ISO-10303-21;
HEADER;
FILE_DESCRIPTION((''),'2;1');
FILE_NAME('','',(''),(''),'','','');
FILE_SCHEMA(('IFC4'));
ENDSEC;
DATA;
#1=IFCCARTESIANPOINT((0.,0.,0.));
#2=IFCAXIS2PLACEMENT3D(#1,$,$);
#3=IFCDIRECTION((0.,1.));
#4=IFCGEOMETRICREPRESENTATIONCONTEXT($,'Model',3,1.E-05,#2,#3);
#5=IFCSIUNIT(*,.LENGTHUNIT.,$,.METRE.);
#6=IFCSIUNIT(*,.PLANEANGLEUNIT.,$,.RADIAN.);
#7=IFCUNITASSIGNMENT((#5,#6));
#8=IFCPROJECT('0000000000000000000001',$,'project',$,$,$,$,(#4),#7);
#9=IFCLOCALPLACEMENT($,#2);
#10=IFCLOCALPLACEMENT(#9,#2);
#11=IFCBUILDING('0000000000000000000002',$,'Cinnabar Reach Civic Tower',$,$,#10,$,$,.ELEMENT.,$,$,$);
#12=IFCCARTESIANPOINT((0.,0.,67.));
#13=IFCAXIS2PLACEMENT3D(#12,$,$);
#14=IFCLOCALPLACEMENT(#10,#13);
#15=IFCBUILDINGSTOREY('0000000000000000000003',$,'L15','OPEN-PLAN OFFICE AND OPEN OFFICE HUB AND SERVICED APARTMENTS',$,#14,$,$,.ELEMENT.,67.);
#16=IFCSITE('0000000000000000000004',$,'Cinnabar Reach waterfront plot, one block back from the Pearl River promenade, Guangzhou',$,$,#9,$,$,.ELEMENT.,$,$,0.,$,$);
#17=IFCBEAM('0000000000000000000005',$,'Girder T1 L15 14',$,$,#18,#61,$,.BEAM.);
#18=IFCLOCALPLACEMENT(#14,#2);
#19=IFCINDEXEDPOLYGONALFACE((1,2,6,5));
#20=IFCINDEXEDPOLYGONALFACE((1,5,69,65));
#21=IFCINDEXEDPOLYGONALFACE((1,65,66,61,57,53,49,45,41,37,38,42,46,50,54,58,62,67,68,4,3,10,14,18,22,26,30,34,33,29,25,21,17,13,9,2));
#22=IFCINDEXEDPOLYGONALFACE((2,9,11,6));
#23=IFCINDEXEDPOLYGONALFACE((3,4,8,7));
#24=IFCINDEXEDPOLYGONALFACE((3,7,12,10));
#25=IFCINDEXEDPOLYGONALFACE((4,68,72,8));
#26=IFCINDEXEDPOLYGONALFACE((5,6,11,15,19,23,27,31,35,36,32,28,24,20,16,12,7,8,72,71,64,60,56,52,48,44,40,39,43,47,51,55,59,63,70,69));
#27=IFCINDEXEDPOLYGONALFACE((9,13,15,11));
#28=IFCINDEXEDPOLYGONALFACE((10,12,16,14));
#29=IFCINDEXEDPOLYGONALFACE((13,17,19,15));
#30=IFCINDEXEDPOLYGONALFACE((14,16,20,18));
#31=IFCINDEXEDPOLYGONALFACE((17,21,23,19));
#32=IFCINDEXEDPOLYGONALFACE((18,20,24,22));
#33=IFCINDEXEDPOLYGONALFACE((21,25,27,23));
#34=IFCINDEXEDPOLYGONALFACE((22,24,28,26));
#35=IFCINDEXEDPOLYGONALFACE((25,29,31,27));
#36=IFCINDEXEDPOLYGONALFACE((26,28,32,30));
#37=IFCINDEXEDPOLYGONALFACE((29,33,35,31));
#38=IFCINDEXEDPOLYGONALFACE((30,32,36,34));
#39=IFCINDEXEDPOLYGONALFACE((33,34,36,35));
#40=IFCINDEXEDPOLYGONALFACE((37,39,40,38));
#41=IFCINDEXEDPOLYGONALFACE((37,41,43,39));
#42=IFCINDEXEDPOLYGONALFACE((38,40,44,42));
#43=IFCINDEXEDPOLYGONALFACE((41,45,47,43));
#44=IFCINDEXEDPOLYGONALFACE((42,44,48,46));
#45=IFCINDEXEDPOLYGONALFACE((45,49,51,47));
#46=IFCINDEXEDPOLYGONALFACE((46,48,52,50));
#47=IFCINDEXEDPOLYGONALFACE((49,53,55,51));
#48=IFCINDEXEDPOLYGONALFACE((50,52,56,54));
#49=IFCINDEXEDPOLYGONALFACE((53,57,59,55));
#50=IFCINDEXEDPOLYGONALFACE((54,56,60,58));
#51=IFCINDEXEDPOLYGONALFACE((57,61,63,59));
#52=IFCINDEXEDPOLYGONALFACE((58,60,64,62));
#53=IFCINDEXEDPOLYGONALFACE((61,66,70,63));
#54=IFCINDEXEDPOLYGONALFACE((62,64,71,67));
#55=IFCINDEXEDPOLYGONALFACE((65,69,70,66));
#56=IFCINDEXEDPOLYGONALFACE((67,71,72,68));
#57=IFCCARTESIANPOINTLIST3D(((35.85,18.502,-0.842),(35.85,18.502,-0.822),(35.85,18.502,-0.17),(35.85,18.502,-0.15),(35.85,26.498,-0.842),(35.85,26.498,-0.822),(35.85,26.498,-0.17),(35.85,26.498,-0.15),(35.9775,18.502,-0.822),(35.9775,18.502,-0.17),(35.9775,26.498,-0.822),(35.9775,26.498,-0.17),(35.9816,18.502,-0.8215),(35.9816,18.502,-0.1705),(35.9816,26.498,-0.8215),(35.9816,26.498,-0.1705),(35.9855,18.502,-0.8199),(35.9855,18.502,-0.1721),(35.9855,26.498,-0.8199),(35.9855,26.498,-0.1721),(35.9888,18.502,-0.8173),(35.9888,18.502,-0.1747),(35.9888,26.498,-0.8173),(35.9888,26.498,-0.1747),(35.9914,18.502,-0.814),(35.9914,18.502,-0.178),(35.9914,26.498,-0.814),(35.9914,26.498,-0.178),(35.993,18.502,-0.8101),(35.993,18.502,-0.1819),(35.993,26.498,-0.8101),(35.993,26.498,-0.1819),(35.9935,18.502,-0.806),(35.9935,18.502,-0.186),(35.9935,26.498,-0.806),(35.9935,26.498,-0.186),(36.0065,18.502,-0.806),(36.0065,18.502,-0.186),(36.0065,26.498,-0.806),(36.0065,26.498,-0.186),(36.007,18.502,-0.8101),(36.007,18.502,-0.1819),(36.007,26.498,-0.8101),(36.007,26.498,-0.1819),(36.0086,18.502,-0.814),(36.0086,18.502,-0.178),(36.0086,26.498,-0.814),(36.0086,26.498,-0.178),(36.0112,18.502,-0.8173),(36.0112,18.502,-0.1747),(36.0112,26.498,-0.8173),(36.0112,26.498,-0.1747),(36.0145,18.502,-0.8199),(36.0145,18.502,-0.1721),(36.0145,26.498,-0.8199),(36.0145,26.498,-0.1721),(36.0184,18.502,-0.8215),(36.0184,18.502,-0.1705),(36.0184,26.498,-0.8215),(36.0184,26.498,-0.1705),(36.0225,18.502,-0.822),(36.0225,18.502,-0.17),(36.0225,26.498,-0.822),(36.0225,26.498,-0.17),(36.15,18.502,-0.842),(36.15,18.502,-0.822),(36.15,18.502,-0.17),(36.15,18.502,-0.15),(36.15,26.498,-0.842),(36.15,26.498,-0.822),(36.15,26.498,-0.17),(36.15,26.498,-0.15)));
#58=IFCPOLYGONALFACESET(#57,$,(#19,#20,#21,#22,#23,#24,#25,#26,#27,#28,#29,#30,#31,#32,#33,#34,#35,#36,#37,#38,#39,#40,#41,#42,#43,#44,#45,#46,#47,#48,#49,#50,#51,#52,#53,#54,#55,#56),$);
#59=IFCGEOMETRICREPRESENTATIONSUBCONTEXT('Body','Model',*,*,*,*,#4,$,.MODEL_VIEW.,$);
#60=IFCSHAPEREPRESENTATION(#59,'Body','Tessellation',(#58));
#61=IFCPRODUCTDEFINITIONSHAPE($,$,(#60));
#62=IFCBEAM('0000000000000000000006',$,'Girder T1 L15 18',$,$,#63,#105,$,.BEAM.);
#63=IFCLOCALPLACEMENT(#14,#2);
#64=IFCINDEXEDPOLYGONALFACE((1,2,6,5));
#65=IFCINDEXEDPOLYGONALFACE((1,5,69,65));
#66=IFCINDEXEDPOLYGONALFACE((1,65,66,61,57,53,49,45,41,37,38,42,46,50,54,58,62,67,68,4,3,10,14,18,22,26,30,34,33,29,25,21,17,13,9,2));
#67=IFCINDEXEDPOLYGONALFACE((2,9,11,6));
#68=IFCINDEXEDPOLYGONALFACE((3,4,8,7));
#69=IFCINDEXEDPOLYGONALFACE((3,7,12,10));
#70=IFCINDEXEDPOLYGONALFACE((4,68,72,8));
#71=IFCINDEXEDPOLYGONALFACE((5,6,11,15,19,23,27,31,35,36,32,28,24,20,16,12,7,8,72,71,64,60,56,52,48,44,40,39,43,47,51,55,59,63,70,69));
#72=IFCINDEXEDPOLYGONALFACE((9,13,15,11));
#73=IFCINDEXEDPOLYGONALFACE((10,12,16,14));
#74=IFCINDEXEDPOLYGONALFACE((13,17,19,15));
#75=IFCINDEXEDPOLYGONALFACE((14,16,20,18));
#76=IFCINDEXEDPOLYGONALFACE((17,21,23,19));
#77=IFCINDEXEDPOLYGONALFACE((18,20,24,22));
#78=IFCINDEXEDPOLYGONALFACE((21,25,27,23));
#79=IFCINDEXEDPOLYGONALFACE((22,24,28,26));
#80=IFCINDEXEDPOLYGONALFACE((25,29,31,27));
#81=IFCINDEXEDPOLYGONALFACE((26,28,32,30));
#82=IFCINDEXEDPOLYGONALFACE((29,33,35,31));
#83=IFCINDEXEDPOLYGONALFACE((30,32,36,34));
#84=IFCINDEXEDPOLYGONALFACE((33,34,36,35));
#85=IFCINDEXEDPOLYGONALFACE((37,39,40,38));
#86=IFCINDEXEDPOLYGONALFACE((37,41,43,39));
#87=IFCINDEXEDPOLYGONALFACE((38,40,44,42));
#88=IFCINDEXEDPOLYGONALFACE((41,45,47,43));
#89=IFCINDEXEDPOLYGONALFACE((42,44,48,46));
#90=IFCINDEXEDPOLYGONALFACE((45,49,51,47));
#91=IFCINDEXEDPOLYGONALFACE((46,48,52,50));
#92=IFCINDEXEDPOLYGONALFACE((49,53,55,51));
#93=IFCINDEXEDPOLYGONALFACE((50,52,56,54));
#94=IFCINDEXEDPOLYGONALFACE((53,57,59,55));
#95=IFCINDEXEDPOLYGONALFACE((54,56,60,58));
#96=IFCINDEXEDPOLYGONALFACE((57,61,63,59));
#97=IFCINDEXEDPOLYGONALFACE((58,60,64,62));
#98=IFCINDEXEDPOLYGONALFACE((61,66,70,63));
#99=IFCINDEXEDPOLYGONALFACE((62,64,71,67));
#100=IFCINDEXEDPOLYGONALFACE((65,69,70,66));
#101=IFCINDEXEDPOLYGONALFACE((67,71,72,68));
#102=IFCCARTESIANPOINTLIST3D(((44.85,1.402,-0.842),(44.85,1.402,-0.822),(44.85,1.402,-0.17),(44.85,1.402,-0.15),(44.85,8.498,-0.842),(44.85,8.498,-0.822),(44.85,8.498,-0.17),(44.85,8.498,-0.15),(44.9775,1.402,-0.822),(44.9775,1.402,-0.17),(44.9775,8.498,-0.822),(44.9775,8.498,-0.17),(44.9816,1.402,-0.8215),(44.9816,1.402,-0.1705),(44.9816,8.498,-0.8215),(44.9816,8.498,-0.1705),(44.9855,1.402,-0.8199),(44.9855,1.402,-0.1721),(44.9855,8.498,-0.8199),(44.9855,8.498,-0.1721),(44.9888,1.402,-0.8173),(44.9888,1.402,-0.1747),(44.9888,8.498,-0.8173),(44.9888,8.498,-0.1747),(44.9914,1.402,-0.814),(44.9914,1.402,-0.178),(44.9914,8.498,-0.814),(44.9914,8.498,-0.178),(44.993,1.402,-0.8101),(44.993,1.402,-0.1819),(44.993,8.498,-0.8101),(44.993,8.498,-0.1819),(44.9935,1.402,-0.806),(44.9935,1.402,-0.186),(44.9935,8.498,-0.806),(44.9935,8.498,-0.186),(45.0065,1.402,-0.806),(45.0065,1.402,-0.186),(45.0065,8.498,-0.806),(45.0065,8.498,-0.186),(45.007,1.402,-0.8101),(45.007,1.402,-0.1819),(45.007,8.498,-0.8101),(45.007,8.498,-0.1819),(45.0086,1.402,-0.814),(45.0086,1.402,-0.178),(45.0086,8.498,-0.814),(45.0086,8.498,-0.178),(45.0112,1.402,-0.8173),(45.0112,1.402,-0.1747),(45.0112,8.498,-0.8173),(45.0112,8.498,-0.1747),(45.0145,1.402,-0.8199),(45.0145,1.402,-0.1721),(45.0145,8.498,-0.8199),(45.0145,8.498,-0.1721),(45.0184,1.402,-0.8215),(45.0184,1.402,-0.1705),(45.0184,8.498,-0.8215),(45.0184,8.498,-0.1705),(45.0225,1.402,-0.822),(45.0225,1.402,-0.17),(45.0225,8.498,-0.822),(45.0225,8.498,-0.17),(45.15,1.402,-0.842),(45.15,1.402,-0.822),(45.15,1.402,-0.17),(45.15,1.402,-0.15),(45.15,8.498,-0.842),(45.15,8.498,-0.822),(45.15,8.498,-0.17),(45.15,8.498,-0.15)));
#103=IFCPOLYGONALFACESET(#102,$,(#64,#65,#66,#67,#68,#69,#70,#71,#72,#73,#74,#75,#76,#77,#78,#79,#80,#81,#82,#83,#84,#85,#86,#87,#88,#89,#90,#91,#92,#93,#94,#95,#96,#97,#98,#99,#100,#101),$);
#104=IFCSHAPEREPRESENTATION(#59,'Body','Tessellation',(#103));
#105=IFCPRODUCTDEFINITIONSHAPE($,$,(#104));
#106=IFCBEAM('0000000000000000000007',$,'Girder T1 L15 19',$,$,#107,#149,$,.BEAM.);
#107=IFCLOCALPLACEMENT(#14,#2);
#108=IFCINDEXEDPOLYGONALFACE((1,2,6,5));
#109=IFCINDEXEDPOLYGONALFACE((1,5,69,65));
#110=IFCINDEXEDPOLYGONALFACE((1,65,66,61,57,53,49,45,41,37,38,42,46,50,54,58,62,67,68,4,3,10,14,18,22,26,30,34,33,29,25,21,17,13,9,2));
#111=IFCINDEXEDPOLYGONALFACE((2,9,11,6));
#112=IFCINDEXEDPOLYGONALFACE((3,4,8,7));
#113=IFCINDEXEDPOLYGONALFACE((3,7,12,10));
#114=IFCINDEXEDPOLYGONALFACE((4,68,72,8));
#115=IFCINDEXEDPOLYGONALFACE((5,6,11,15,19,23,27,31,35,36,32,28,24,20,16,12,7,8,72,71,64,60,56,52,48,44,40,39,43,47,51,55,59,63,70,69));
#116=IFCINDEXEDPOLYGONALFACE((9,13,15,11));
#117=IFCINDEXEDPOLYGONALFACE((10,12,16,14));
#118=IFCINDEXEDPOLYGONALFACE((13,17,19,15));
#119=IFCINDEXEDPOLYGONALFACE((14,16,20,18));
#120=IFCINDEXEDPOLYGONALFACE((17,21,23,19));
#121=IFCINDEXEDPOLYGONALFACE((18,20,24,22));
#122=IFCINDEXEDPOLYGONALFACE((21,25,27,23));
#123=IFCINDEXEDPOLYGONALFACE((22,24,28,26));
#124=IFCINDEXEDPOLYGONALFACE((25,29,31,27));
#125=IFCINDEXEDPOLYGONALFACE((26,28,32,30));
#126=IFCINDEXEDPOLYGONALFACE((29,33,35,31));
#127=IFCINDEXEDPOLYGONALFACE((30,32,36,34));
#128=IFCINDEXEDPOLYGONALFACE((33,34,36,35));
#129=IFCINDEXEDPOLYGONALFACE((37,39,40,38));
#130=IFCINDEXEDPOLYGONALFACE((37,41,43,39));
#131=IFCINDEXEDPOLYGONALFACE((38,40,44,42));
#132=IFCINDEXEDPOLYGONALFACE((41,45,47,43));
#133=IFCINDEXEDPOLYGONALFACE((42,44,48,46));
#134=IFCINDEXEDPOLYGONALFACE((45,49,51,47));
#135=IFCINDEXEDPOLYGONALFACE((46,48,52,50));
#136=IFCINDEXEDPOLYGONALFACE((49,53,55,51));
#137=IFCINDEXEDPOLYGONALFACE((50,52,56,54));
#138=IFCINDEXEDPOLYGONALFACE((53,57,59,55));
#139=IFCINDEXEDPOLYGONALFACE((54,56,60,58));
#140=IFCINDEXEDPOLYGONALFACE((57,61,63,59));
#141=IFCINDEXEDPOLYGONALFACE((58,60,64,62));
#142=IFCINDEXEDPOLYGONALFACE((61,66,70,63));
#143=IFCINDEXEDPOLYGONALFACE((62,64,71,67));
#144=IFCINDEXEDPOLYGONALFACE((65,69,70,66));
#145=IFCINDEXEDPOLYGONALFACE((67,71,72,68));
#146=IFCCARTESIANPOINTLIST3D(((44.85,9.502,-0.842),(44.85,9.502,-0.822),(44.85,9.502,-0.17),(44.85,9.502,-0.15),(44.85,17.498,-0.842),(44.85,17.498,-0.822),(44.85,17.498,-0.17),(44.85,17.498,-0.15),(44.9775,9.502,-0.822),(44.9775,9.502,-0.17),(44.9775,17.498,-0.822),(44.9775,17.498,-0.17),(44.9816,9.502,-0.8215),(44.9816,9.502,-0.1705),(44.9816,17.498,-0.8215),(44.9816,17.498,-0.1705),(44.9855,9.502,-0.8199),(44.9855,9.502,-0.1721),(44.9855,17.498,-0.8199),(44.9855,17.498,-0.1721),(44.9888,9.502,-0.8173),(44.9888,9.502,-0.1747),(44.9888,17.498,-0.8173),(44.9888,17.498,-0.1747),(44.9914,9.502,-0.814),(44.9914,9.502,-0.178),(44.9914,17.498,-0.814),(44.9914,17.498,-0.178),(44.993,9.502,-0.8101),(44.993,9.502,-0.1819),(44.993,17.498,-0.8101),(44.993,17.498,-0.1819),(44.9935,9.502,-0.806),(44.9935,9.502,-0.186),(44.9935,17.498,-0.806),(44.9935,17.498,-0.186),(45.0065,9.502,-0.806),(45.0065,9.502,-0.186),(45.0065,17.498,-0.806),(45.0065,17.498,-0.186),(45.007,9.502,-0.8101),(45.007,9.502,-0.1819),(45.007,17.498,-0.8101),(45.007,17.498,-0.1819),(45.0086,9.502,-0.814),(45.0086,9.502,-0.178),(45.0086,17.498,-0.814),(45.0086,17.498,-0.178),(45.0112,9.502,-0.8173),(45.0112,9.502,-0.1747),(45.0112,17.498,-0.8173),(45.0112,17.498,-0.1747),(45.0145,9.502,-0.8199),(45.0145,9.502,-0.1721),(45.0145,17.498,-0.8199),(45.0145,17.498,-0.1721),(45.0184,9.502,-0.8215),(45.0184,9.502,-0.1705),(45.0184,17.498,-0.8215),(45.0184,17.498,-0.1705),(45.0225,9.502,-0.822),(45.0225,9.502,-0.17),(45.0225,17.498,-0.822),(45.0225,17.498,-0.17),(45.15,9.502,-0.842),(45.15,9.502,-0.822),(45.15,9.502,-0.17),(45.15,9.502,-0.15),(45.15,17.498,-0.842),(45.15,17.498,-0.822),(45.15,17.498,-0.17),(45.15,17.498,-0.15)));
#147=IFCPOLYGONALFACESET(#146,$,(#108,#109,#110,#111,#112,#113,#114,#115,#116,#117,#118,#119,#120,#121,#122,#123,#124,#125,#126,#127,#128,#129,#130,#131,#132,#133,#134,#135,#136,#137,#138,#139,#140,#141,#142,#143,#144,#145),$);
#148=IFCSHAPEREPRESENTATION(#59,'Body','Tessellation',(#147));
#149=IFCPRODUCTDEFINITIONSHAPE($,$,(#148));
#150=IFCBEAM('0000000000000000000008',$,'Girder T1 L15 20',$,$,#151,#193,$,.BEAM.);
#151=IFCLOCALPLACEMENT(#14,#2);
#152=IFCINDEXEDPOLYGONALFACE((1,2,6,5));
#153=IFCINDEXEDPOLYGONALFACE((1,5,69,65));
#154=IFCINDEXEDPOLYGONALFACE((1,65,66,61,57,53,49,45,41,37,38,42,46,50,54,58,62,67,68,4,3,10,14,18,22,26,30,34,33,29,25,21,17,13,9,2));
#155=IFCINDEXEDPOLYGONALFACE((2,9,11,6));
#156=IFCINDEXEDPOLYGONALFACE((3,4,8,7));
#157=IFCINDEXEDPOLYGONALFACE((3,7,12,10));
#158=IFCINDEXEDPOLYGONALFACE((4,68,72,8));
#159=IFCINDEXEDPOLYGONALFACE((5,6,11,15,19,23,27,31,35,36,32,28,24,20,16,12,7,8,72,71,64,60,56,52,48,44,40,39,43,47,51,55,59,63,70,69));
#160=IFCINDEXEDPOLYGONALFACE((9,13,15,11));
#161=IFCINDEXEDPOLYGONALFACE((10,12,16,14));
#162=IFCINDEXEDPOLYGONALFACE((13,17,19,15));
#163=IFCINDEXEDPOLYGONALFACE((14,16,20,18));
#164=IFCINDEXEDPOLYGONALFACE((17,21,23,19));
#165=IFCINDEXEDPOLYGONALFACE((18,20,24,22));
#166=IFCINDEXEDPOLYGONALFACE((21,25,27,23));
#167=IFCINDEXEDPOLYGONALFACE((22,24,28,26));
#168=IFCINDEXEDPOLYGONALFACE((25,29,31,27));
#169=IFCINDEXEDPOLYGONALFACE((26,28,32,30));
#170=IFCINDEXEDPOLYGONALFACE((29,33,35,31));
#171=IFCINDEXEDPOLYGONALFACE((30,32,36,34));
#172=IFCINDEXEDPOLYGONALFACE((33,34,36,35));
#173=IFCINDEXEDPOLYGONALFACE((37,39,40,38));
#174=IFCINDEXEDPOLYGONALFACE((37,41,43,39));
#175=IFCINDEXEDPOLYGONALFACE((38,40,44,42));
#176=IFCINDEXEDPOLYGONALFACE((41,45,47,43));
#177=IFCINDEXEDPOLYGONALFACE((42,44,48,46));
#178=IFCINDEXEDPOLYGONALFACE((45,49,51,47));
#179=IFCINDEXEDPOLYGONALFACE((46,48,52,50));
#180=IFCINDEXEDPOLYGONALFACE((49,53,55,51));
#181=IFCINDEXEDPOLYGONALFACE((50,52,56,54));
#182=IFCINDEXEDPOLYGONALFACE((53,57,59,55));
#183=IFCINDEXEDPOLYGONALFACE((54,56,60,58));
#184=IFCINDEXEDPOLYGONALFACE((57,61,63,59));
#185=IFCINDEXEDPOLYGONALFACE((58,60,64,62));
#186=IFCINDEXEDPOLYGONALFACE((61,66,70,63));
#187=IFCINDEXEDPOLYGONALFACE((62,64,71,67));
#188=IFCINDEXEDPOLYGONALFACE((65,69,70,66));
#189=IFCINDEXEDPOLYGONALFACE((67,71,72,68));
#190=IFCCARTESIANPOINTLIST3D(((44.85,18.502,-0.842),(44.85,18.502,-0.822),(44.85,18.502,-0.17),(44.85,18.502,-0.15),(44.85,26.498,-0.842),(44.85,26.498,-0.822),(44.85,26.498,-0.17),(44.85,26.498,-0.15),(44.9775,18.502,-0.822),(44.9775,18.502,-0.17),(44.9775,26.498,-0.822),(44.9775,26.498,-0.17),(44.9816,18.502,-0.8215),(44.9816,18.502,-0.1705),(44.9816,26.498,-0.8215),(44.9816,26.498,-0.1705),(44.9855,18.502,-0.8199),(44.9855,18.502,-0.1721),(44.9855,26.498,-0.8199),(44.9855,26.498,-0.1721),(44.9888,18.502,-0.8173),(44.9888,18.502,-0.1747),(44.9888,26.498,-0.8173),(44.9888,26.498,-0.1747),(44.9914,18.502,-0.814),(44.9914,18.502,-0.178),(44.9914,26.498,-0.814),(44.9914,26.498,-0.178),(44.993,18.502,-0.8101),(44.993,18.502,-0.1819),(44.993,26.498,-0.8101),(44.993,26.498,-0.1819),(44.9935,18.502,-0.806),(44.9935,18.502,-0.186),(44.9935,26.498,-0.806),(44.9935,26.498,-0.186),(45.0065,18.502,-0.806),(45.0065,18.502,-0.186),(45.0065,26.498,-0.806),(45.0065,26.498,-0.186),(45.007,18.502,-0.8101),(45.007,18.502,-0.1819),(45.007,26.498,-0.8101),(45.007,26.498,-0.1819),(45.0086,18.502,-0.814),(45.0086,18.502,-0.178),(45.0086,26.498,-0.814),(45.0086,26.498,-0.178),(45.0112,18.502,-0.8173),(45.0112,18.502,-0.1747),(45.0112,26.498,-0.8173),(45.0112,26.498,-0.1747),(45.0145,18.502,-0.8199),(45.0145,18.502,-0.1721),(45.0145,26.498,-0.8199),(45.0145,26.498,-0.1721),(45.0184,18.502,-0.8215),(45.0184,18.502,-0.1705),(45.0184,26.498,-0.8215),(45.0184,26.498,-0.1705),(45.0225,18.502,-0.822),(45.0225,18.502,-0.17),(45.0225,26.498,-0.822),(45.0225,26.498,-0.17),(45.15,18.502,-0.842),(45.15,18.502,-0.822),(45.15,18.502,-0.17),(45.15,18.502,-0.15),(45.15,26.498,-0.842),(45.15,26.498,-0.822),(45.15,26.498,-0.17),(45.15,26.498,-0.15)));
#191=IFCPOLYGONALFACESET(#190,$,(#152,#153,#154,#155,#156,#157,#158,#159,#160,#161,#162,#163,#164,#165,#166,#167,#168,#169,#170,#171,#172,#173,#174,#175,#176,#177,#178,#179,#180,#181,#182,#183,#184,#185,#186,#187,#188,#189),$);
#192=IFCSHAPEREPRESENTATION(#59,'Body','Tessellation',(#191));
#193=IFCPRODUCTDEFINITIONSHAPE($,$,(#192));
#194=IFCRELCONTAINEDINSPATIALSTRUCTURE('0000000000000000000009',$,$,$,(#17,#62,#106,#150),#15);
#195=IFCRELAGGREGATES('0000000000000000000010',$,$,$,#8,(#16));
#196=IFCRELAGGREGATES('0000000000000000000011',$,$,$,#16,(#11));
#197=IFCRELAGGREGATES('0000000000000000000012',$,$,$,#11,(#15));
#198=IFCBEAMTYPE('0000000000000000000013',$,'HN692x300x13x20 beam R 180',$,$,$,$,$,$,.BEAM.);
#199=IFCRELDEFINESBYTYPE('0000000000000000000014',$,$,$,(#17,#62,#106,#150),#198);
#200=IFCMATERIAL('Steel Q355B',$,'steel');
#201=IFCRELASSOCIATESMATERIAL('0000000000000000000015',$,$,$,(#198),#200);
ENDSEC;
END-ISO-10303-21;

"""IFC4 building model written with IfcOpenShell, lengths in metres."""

from ifc_helpers import new_model, si_unit, direction, frame, origin, origin_2d, place, context, subcontext, project, spatial, i_section, extrude, material, material_profile, profile_set, type_object, element, save


model = new_model("IFC4")

# Units and contexts
model_context = context("Model", 3, precision=1e-05, world=origin(), true_north=direction((0.0, 1.0)))
body_context = subcontext(model_context, "Body", "Model", "MODEL_VIEW")
ifc_project = project(units=[si_unit("LENGTHUNIT", "METRE"), si_unit("PLANEANGLEUNIT", "RADIAN")], contexts=[model_context])

# Site, building, storey
site_placement = place(None, origin())
site = spatial("IfcSite", under=ifc_project, at=site_placement, Name="Cinnabar Reach waterfront plot, one block back from the Pearl River promenade, Guangzhou", CompositionType="ELEMENT", RefElevation=0.0)
building_placement = place(site_placement, origin())
building = spatial("IfcBuilding", under=site, at=building_placement, Name="Cinnabar Reach Civic Tower", CompositionType="ELEMENT")
storey_placement = place(building_placement, frame((0.0, 0.0, 67.0)))
storey = spatial("IfcBuildingStorey", under=building, at=storey_placement, Name="L15", Description="OPEN-PLAN OFFICE AND OPEN OFFICE HUB AND SERVICED APARTMENTS", CompositionType="ELEMENT", Elevation=67.0)

# Beams
ifc_material_1 = material(Name="Steel Q355B", Category="steel")
ifc_material_profile_1 = material_profile(ifc_material_1, i_section(OverallWidth=0.3, OverallDepth=0.692, WebThickness=0.013, FlangeThickness=0.02, FilletRadius=0.016, at=origin_2d()), Name="HN692x300x13x20")
ifc_profile_set_1 = profile_set([ifc_material_profile_1], Name="Steel Q355B")
beam_type_1 = type_object("IfcBeamType", Name="HN692x300x13x20 beam R 180", PredefinedType="BEAM", material=ifc_profile_set_1)
for number, where, z_axis, x_axis, name in (
    (1, (36.0, 18.502, -0.496), (0.0, 1.0, 0.0), (-1.0, 0.0, 0.0), "Girder T1 L15 14"),
):
    element("IfcBeam", number, at=place(storey_placement, frame(where, z_axis=z_axis, x_axis=x_axis)), inside=storey, type_object=beam_type_1, Name=name, PredefinedType="BEAM", context=body_context, shape_type="SweptSolid", body=[
        extrude(i_section(OverallWidth=0.3, OverallDepth=0.692, WebThickness=0.013, FlangeThickness=0.02, FilletRadius=0.016, at=origin_2d()), origin(), (0.0, 0.0, 1.0), 7.996),
    ])
beam_1_placement = place(storey_placement, frame((45.0, 1.402, -0.496), z_axis=(0.0, 1.0, 0.0), x_axis=(-1.0, 0.0, 0.0)))
element("IfcBeam", 2, at=beam_1_placement, inside=storey, type_object=beam_type_1, Name="Girder T1 L15 18", PredefinedType="BEAM", context=body_context, shape_type="SweptSolid", body=[
    extrude(i_section(OverallWidth=0.3, OverallDepth=0.692, WebThickness=0.013, FlangeThickness=0.02, FilletRadius=0.016, at=origin_2d()), origin(), (0.0, 0.0, 1.0), 7.096),
])
for number, where, z_axis, x_axis, name in (
    (3, (45.0, 9.502, -0.496), (0.0, 1.0, 0.0), (-1.0, 0.0, 0.0), "Girder T1 L15 19"),
    (4, (45.0, 18.502, -0.496), (0.0, 1.0, 0.0), (-1.0, 0.0, 0.0), "Girder T1 L15 20"),
):
    element("IfcBeam", number, at=place(storey_placement, frame(where, z_axis=z_axis, x_axis=x_axis)), inside=storey, type_object=beam_type_1, Name=name, PredefinedType="BEAM", context=body_context, shape_type="SweptSolid", body=[
        extrude(i_section(OverallWidth=0.3, OverallDepth=0.692, WebThickness=0.013, FlangeThickness=0.02, FilletRadius=0.016, at=origin_2d()), origin(), (0.0, 0.0, 1.0), 7.996),
    ])

save(model, "model.ifc")
